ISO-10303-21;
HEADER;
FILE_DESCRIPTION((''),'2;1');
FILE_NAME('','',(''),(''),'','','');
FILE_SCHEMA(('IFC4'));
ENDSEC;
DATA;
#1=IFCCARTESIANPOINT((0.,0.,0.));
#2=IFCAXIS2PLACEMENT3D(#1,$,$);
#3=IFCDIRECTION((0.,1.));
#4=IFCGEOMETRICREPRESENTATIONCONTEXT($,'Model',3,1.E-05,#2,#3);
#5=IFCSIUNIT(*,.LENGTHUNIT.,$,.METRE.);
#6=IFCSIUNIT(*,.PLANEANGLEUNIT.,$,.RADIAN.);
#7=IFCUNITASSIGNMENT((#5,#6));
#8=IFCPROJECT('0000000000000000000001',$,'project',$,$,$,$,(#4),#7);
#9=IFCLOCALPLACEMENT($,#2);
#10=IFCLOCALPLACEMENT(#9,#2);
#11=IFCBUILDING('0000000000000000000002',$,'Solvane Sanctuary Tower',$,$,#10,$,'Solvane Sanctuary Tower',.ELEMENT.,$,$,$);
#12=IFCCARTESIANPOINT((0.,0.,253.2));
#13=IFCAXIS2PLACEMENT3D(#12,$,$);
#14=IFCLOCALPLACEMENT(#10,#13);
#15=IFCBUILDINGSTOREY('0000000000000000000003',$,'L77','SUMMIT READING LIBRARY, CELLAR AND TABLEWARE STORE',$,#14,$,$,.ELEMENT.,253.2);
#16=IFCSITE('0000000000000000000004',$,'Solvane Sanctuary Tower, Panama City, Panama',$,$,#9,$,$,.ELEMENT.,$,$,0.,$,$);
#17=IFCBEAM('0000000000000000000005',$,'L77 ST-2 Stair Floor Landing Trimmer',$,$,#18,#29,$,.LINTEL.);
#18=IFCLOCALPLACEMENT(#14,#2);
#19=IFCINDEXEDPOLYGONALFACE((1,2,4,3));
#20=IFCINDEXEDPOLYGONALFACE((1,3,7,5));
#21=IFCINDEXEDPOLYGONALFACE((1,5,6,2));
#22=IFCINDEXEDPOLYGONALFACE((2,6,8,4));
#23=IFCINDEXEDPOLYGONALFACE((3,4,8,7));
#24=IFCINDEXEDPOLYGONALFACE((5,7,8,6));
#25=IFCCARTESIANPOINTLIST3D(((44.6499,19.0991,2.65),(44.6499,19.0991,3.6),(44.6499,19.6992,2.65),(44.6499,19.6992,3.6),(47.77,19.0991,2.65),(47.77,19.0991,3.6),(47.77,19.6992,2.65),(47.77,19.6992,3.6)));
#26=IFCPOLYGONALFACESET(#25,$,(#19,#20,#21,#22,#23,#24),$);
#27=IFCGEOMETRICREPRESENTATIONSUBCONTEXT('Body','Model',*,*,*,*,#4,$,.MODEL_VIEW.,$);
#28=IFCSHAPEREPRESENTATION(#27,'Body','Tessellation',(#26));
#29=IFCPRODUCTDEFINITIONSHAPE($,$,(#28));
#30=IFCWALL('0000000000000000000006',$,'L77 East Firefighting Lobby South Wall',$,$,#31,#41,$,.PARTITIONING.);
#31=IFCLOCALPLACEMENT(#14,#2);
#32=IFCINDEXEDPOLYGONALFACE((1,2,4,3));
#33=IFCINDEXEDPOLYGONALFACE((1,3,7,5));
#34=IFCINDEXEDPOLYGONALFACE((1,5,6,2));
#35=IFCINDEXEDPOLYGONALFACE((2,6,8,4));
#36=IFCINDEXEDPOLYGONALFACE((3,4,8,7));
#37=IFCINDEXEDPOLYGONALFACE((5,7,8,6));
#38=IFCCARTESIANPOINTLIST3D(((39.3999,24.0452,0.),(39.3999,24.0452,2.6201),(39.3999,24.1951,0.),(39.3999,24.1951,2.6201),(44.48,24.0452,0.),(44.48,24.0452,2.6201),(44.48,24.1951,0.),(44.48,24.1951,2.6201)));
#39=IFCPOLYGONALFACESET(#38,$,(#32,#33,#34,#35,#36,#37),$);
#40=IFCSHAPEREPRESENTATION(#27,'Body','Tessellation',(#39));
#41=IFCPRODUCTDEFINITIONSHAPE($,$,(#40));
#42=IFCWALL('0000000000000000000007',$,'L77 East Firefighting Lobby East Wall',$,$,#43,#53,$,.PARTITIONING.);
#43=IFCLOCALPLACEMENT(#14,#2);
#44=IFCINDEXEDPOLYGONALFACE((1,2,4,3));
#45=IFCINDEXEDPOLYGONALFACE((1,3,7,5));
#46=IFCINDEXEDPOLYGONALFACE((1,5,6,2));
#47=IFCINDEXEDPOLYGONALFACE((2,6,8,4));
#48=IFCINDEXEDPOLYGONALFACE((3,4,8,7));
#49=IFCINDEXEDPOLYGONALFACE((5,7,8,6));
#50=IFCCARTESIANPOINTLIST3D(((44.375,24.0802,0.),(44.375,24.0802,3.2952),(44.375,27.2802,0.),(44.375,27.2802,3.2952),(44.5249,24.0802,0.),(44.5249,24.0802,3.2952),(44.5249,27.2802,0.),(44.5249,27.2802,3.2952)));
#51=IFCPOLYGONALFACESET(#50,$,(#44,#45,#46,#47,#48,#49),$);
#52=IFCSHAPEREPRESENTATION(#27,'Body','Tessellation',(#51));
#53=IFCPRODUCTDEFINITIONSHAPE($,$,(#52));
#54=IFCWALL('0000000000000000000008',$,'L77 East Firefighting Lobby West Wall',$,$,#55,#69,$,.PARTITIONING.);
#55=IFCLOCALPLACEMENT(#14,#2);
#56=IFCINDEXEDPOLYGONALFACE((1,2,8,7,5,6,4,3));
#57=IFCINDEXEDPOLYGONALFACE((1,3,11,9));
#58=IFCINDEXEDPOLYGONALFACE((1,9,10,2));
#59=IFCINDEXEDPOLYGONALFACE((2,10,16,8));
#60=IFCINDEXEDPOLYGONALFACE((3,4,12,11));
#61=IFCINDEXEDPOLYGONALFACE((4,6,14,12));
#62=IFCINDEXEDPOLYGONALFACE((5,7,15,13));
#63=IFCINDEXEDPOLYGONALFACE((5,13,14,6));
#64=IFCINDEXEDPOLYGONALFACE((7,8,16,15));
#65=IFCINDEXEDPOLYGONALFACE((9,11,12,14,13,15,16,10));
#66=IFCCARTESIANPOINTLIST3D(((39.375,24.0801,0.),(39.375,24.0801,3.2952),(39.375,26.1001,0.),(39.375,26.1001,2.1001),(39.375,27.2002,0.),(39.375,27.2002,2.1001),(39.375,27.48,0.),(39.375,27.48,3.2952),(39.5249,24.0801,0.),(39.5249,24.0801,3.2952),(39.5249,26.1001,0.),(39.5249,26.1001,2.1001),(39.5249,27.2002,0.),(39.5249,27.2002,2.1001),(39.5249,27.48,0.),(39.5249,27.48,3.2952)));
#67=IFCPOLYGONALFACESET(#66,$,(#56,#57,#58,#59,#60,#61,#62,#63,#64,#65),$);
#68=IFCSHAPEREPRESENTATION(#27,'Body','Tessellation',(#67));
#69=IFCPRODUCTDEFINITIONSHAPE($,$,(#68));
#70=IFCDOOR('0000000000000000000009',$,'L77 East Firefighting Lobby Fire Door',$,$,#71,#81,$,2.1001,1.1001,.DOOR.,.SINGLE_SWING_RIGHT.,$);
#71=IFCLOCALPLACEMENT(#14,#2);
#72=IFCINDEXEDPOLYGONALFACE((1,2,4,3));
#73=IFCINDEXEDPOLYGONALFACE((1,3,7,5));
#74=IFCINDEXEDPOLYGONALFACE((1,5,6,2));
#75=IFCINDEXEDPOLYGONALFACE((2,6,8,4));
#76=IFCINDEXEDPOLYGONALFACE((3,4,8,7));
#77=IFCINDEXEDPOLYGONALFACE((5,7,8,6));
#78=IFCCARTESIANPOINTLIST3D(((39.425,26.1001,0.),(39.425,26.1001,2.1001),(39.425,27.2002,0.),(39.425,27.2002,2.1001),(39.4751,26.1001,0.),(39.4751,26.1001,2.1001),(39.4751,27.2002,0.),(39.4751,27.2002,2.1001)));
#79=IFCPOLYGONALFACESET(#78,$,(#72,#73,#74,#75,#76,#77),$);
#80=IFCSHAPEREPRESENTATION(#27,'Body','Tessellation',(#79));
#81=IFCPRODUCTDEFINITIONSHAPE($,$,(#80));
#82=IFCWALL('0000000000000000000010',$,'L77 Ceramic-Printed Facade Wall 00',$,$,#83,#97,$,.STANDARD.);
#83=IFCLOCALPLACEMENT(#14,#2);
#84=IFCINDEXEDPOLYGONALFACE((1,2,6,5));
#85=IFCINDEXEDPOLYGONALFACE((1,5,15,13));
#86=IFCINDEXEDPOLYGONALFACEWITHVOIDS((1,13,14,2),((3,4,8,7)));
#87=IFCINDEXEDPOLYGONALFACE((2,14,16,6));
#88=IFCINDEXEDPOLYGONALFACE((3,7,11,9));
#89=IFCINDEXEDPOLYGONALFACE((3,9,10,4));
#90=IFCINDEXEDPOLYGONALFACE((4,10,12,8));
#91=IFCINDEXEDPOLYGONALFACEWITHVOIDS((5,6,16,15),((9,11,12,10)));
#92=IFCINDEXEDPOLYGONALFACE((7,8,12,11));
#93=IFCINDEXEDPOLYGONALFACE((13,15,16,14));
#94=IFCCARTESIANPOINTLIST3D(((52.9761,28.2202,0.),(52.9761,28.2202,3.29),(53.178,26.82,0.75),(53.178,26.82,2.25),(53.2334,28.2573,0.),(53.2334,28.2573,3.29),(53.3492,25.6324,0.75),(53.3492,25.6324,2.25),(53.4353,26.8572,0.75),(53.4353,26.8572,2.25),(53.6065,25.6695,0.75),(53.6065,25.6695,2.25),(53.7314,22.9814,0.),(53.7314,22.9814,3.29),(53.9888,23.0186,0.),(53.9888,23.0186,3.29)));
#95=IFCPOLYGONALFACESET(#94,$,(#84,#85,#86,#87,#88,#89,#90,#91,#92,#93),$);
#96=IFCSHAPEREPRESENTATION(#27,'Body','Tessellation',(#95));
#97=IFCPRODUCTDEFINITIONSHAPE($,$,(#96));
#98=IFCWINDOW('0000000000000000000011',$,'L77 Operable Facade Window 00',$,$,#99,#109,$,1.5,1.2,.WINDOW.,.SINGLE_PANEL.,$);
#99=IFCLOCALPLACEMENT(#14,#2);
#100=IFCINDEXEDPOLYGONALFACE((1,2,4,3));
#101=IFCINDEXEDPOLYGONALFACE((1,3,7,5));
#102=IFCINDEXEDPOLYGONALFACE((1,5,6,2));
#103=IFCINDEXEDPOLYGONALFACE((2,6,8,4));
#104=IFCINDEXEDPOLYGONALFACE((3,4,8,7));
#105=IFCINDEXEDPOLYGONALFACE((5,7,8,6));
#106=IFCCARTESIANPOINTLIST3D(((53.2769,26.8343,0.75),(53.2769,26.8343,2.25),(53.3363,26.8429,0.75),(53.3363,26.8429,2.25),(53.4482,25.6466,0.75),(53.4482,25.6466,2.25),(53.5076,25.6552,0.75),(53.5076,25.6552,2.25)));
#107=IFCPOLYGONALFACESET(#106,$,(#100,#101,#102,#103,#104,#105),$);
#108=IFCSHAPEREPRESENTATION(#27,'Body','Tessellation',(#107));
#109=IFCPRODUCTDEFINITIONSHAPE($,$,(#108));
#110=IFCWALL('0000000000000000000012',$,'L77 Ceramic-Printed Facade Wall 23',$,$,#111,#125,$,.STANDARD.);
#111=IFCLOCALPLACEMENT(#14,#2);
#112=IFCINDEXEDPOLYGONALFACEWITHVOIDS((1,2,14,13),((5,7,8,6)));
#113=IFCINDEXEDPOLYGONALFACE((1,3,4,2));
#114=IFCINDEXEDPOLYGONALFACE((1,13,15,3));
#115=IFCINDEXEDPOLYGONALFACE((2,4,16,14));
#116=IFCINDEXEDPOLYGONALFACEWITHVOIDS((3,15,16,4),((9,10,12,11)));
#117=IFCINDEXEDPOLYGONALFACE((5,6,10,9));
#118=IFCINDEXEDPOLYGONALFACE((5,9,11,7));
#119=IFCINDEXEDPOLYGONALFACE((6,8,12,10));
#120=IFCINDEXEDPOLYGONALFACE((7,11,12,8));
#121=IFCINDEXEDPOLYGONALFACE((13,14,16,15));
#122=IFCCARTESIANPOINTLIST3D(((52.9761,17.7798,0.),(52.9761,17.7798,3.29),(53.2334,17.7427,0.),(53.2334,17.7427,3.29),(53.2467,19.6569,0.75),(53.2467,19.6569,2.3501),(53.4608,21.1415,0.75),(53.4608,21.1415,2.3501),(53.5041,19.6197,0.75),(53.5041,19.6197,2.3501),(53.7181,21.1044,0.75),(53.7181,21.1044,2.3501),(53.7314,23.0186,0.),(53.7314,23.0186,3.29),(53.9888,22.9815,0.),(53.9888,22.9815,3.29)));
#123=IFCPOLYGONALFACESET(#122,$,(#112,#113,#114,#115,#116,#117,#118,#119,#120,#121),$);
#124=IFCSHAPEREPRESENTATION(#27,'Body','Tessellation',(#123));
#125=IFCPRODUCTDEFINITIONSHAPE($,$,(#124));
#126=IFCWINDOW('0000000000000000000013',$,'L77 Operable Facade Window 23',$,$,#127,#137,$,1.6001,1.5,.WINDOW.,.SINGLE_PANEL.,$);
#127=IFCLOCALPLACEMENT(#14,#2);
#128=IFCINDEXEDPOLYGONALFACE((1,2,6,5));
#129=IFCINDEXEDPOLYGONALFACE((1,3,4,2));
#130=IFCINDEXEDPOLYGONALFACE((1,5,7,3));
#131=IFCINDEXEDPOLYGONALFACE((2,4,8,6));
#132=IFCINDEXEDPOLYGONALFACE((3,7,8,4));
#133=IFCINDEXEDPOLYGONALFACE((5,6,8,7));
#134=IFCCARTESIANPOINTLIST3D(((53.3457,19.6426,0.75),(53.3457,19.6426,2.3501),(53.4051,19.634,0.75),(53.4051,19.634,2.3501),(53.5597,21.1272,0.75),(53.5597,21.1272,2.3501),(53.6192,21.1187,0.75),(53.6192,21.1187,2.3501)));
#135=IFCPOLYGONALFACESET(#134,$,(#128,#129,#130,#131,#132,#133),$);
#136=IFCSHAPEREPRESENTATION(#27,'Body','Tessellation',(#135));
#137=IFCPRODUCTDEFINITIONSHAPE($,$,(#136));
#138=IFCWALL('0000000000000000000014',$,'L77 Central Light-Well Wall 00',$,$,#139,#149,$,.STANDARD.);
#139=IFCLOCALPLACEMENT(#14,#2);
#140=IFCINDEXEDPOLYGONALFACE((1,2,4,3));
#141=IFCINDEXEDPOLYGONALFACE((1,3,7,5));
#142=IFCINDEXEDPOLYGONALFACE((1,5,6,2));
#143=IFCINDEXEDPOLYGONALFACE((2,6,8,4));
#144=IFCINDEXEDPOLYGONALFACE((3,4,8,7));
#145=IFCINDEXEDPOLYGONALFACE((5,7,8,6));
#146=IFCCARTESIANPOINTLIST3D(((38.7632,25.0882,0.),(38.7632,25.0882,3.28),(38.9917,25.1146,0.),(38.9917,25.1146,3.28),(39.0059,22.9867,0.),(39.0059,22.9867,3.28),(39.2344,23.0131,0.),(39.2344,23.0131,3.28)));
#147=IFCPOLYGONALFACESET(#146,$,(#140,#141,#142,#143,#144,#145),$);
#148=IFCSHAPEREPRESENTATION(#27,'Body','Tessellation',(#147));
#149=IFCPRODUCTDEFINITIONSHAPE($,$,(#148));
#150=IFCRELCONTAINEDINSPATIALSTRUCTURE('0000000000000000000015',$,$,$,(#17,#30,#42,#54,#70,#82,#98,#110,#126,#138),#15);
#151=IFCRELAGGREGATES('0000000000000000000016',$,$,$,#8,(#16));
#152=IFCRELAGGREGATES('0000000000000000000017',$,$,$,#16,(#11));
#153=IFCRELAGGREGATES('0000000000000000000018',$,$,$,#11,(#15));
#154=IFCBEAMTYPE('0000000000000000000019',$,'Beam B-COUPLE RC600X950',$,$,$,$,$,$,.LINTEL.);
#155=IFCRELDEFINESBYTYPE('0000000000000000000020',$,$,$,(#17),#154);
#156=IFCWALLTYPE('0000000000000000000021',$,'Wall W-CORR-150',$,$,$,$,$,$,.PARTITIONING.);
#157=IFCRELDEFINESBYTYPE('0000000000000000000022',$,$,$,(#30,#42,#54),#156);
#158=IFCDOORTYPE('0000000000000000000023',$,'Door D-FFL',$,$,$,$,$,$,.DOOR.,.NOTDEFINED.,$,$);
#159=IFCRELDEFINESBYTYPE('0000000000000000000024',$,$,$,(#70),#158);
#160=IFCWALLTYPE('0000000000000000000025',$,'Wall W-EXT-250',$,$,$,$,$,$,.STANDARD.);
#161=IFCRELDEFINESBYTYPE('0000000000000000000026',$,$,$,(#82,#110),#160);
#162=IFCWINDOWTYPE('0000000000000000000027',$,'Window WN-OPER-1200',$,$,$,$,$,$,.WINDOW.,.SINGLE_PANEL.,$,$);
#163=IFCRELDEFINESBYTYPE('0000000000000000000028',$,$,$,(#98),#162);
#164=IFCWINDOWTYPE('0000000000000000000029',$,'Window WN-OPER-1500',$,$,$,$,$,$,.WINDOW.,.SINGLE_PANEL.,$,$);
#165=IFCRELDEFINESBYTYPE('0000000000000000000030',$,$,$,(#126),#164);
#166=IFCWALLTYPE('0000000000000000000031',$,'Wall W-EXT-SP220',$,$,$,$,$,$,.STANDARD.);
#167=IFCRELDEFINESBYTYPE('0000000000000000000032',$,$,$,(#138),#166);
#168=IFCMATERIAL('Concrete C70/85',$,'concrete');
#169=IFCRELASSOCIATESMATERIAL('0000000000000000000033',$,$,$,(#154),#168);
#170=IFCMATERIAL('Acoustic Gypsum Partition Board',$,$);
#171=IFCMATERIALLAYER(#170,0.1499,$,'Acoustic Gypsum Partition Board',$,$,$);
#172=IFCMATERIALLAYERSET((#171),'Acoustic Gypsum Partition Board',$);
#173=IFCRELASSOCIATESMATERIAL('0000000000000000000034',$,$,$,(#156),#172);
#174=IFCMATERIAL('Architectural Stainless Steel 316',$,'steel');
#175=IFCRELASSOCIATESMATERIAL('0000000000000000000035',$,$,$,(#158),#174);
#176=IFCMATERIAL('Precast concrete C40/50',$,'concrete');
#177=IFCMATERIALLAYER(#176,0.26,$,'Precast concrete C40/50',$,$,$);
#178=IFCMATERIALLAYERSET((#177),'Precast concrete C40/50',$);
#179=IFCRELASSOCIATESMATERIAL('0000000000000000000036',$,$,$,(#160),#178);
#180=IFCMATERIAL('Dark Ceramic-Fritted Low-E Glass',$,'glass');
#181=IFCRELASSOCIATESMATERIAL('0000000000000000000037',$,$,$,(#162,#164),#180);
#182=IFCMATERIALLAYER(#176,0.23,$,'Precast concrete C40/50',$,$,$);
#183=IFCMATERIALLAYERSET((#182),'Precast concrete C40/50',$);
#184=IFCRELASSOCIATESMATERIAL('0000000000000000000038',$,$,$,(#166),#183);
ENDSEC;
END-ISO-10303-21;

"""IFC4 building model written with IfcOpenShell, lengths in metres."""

from ifc_helpers import new_model, si_unit, direction, frame, frame_2d, origin, origin_2d, place, context, subcontext, project, spatial, rectangle, extrude, material, layer, layer_set, material_profile, profile_set, type_object, element, fill, save


model = new_model("IFC4")

# Units and contexts
model_context = context("Model", 3, precision=1e-05, world=origin(), true_north=direction((0.0, 1.0)))
body_context = subcontext(model_context, "Body", "Model", "MODEL_VIEW")
ifc_project = project(units=[si_unit("LENGTHUNIT", "METRE"), si_unit("PLANEANGLEUNIT", "RADIAN")], contexts=[model_context])

# Site, building, storey
site_placement = place(None, origin())
site = spatial("IfcSite", under=ifc_project, at=site_placement, Name="Solvane Sanctuary Tower, Panama City, Panama", CompositionType="ELEMENT", RefElevation=0.0)
building_placement = place(site_placement, origin())
building = spatial("IfcBuilding", under=site, at=building_placement, Name="Solvane Sanctuary Tower", LongName="Solvane Sanctuary Tower", CompositionType="ELEMENT")
storey_placement = place(building_placement, frame((0.0, 0.0, 253.2)))
storey = spatial("IfcBuildingStorey", under=building, at=storey_placement, Name="L77", Description="SUMMIT READING LIBRARY, CELLAR AND TABLEWARE STORE", CompositionType="ELEMENT", Elevation=253.2)

# Beam
ifc_material_1 = material(Name="Concrete C70/85", Category="concrete")
ifc_material_profile = material_profile(ifc_material_1, rectangle(XDim=0.6001, YDim=0.95, at=origin_2d()), Name="RC600X950")
ifc_profile_set = profile_set([ifc_material_profile], Name="Concrete C70/85")
beam_type = type_object("IfcBeamType", Name="Beam B-COUPLE RC600X950", PredefinedType="LINTEL", material=ifc_profile_set)
beam_placement = place(storey_placement, frame((44.6499, 19.3992, 3.125), z_axis=(1.0, 0.0, 0.0), x_axis=(0.0, 1.0, 0.0)))
element("IfcBeam", 1, at=beam_placement, inside=storey, type_object=beam_type, Name="L77 ST-2 Stair Floor Landing Trimmer", PredefinedType="LINTEL", context=body_context, shape_type="SweptSolid", body=[
    extrude(rectangle(XDim=0.6001, YDim=0.95, at=origin_2d()), origin(), (0.0, 0.0, 1.0), 3.1201),
])

# Walls
ifc_material_2 = material(Name="Acoustic Gypsum Partition Board")
ifc_layer_1 = layer(ifc_material_2, 0.1499, Name="Acoustic Gypsum Partition Board")
ifc_layer_set_1 = layer_set([ifc_layer_1], Name="Acoustic Gypsum Partition Board")
wall_type_1 = type_object("IfcWallType", Name="Wall W-CORR-150", PredefinedType="PARTITIONING", material=ifc_layer_set_1)
wall_1_placement = place(storey_placement, frame((39.3999, 24.1201, 0.0), z_axis=(0.0, 0.0, 1.0), x_axis=(1.0, 0.0, 0.0)))
element("IfcWall", 2, at=wall_1_placement, inside=storey, type_object=wall_type_1, Name="L77 East Firefighting Lobby South Wall", PredefinedType="PARTITIONING", context=body_context, shape_type="SweptSolid", body=[
    extrude(rectangle(XDim=5.0801, YDim=0.1499, at=frame_2d((2.54, 0.0))), origin(), (0.0, 0.0, 1.0), 2.6201),
])
wall_2_placement = place(storey_placement, frame((44.45, 24.0801, 0.0), z_axis=(0.0, 0.0, 1.0), x_axis=(0.0, 1.0, 0.0)))
element("IfcWall", 3, at=wall_2_placement, inside=storey, type_object=wall_type_1, Name="L77 East Firefighting Lobby East Wall", PredefinedType="PARTITIONING", context=body_context, shape_type="SweptSolid", body=[
    extrude(rectangle(XDim=3.2, YDim=0.1499, at=frame_2d((1.6001, 0.0))), origin(), (0.0, 0.0, 1.0), 3.2952),
])

# Wall, opening, door
wall_3_placement = place(storey_placement, frame((39.45, 24.0801, 0.0), z_axis=(0.0, 0.0, 1.0), x_axis=(0.0, 1.0, 0.0)))
wall_3 = element("IfcWall", 4, at=wall_3_placement, inside=storey, type_object=wall_type_1, Name="L77 East Firefighting Lobby West Wall", PredefinedType="PARTITIONING", context=body_context, shape_type="SweptSolid", body=[
    extrude(rectangle(XDim=3.3999, YDim=0.1499, at=frame_2d((1.7, 0.0))), origin(), (0.0, 0.0, 1.0), 3.2952),
])
opening_1_placement = place(wall_3_placement, frame((2.02, 0.0, 0.0)))
opening_1 = element("IfcOpeningElement", 5, at=opening_1_placement, cuts=wall_3, PredefinedType="OPENING", context=body_context, shape_type="SweptSolid", body=[
    extrude(rectangle(XDim=1.1001, YDim=2.1001, at=frame_2d((0.55, 1.05))), frame((0.0, 0.085, 0.0), z_axis=(0.0, -1.0, 0.0), x_axis=(1.0, 0.0, 0.0)), (0.0, 0.0, 1.0), 0.1699),
])
ifc_material_3 = material(Name="Architectural Stainless Steel 316", Category="steel")
door_type_1 = type_object("IfcDoorType", Name="Door D-FFL", OperationType="NOTDEFINED", PredefinedType="DOOR", material=ifc_material_3)
door_1_placement = place(opening_1_placement, origin())
door_1 = element("IfcDoor", 6, at=door_1_placement, inside=storey, type_object=door_type_1, Name="L77 East Firefighting Lobby Fire Door", OperationType="SINGLE_SWING_RIGHT", OverallHeight=2.1001, OverallWidth=1.1001, PredefinedType="DOOR", context=body_context, shape_type="SweptSolid", body=[
    extrude(rectangle(XDim=1.1001, YDim=2.1001, at=frame_2d((0.55, 1.05))), frame((0.0, 0.0249, 0.0), z_axis=(0.0, -1.0, 0.0), x_axis=(1.0, 0.0, 0.0)), (0.0, 0.0, 1.0), 0.05),
])
fill(opening_1, door_1)

# Walls, openings, windows
ifc_material_4 = material(Name="Precast concrete C40/50", Category="concrete")
ifc_layer_2 = layer(ifc_material_4, 0.26, Name="Precast concrete C40/50")
ifc_layer_set_2 = layer_set([ifc_layer_2], Name="Precast concrete C40/50")
wall_type_2 = type_object("IfcWallType", Name="Wall W-EXT-250", PredefinedType="STANDARD", material=ifc_layer_set_2)
wall_4_placement = place(storey_placement, frame((53.8601, 23.0, 0.0), z_axis=(0.0, 0.0, 1.0), x_axis=(-0.142713, 0.989764, 0.0)))
wall_4 = element("IfcWall", 7, at=wall_4_placement, inside=storey, type_object=wall_type_2, Name="L77 Ceramic-Printed Facade Wall 00", PredefinedType="STANDARD", context=body_context, shape_type="SweptSolid", body=[
    extrude(rectangle(XDim=5.293, YDim=0.26, at=frame_2d((2.6465, 0.0))), origin(), (0.0, 0.0, 1.0), 3.29),
])
opening_2_placement = place(wall_4_placement, frame((2.6782, 0.0, 0.75)))
opening_2 = element("IfcOpeningElement", 8, at=opening_2_placement, cuts=wall_4, PredefinedType="OPENING", context=body_context, shape_type="SweptSolid", body=[
    extrude(rectangle(XDim=1.2, YDim=1.5, at=frame_2d((0.6001, 0.75))), frame((0.0, 0.1399, 0.0), z_axis=(0.0, -1.0, 0.0), x_axis=(1.0, 0.0, 0.0)), (0.0, 0.0, 1.0), 0.28),
])
ifc_material_5 = material(Name="Dark Ceramic-Fritted Low-E Glass", Category="glass")
window_type_1 = type_object("IfcWindowType", Name="Window WN-OPER-1200", PartitioningType="SINGLE_PANEL", PredefinedType="WINDOW", material=ifc_material_5)
window_1_placement = place(opening_2_placement, origin())
window_1 = element("IfcWindow", 9, at=window_1_placement, inside=storey, type_object=window_type_1, Name="L77 Operable Facade Window 00", OverallHeight=1.5, OverallWidth=1.2, PartitioningType="SINGLE_PANEL", PredefinedType="WINDOW", context=body_context, shape_type="SweptSolid", body=[
    extrude(rectangle(XDim=1.2, YDim=1.5, at=frame_2d((0.6001, 0.75))), frame((0.0, 0.03, 0.0), z_axis=(0.0, -1.0, 0.0), x_axis=(1.0, 0.0, 0.0)), (0.0, 0.0, 1.0), 0.0601),
])
fill(opening_2, window_1)
wall_5_placement = place(storey_placement, frame((53.1047, 17.7612, 0.0), z_axis=(0.0, 0.0, 1.0), x_axis=(0.142713, 0.989764, 0.0)))
wall_5 = element("IfcWall", 10, at=wall_5_placement, inside=storey, type_object=wall_type_2, Name="L77 Ceramic-Printed Facade Wall 23", PredefinedType="STANDARD", context=body_context, shape_type="SweptSolid", body=[
    extrude(rectangle(XDim=5.293, YDim=0.26, at=frame_2d((2.6465, 0.0))), origin(), (0.0, 0.0, 1.0), 3.29),
])
opening_3_placement = place(wall_5_placement, frame((1.8965, 0.0, 0.75)))
opening_3 = element("IfcOpeningElement", 11, at=opening_3_placement, cuts=wall_5, PredefinedType="OPENING", context=body_context, shape_type="SweptSolid", body=[
    extrude(rectangle(XDim=1.5, YDim=1.6001, at=frame_2d((0.75, 0.8))), frame((0.0, 0.1399, 0.0), z_axis=(0.0, -1.0, 0.0), x_axis=(1.0, 0.0, 0.0)), (0.0, 0.0, 1.0), 0.28),
])
window_type_2 = type_object("IfcWindowType", Name="Window WN-OPER-1500", PartitioningType="SINGLE_PANEL", PredefinedType="WINDOW", material=ifc_material_5)
window_2_placement = place(opening_3_placement, origin())
window_2 = element("IfcWindow", 12, at=window_2_placement, inside=storey, type_object=window_type_2, Name="L77 Operable Facade Window 23", OverallHeight=1.6001, OverallWidth=1.5, PartitioningType="SINGLE_PANEL", PredefinedType="WINDOW", context=body_context, shape_type="SweptSolid", body=[
    extrude(rectangle(XDim=1.5, YDim=1.6001, at=frame_2d((0.75, 0.8))), frame((0.0, 0.03, 0.0), z_axis=(0.0, -1.0, 0.0), x_axis=(1.0, 0.0, 0.0)), (0.0, 0.0, 1.0), 0.0601),
])
fill(opening_3, window_2)

# Wall
ifc_layer_3 = layer(ifc_material_4, 0.23, Name="Precast concrete C40/50")
ifc_layer_set_3 = layer_set([ifc_layer_3], Name="Precast concrete C40/50")
wall_type_3 = type_object("IfcWallType", Name="Wall W-EXT-SP220", PredefinedType="STANDARD", material=ifc_layer_set_3)
wall_6_placement = place(storey_placement, frame((39.1201, 23.0, 0.0), z_axis=(0.0, 0.0, 1.0), x_axis=(-0.114712, 0.993399, 0.0)))
element("IfcWall", 13, at=wall_6_placement, inside=storey, type_object=wall_type_3, Name="L77 Central Light-Well Wall 00", PredefinedType="STANDARD", context=body_context, shape_type="SweptSolid", body=[
    extrude(rectangle(XDim=2.1155, YDim=0.23, at=frame_2d((1.0576, 0.0))), origin(), (0.0, 0.0, 1.0), 3.28),
])

save(model, "model.ifc")
